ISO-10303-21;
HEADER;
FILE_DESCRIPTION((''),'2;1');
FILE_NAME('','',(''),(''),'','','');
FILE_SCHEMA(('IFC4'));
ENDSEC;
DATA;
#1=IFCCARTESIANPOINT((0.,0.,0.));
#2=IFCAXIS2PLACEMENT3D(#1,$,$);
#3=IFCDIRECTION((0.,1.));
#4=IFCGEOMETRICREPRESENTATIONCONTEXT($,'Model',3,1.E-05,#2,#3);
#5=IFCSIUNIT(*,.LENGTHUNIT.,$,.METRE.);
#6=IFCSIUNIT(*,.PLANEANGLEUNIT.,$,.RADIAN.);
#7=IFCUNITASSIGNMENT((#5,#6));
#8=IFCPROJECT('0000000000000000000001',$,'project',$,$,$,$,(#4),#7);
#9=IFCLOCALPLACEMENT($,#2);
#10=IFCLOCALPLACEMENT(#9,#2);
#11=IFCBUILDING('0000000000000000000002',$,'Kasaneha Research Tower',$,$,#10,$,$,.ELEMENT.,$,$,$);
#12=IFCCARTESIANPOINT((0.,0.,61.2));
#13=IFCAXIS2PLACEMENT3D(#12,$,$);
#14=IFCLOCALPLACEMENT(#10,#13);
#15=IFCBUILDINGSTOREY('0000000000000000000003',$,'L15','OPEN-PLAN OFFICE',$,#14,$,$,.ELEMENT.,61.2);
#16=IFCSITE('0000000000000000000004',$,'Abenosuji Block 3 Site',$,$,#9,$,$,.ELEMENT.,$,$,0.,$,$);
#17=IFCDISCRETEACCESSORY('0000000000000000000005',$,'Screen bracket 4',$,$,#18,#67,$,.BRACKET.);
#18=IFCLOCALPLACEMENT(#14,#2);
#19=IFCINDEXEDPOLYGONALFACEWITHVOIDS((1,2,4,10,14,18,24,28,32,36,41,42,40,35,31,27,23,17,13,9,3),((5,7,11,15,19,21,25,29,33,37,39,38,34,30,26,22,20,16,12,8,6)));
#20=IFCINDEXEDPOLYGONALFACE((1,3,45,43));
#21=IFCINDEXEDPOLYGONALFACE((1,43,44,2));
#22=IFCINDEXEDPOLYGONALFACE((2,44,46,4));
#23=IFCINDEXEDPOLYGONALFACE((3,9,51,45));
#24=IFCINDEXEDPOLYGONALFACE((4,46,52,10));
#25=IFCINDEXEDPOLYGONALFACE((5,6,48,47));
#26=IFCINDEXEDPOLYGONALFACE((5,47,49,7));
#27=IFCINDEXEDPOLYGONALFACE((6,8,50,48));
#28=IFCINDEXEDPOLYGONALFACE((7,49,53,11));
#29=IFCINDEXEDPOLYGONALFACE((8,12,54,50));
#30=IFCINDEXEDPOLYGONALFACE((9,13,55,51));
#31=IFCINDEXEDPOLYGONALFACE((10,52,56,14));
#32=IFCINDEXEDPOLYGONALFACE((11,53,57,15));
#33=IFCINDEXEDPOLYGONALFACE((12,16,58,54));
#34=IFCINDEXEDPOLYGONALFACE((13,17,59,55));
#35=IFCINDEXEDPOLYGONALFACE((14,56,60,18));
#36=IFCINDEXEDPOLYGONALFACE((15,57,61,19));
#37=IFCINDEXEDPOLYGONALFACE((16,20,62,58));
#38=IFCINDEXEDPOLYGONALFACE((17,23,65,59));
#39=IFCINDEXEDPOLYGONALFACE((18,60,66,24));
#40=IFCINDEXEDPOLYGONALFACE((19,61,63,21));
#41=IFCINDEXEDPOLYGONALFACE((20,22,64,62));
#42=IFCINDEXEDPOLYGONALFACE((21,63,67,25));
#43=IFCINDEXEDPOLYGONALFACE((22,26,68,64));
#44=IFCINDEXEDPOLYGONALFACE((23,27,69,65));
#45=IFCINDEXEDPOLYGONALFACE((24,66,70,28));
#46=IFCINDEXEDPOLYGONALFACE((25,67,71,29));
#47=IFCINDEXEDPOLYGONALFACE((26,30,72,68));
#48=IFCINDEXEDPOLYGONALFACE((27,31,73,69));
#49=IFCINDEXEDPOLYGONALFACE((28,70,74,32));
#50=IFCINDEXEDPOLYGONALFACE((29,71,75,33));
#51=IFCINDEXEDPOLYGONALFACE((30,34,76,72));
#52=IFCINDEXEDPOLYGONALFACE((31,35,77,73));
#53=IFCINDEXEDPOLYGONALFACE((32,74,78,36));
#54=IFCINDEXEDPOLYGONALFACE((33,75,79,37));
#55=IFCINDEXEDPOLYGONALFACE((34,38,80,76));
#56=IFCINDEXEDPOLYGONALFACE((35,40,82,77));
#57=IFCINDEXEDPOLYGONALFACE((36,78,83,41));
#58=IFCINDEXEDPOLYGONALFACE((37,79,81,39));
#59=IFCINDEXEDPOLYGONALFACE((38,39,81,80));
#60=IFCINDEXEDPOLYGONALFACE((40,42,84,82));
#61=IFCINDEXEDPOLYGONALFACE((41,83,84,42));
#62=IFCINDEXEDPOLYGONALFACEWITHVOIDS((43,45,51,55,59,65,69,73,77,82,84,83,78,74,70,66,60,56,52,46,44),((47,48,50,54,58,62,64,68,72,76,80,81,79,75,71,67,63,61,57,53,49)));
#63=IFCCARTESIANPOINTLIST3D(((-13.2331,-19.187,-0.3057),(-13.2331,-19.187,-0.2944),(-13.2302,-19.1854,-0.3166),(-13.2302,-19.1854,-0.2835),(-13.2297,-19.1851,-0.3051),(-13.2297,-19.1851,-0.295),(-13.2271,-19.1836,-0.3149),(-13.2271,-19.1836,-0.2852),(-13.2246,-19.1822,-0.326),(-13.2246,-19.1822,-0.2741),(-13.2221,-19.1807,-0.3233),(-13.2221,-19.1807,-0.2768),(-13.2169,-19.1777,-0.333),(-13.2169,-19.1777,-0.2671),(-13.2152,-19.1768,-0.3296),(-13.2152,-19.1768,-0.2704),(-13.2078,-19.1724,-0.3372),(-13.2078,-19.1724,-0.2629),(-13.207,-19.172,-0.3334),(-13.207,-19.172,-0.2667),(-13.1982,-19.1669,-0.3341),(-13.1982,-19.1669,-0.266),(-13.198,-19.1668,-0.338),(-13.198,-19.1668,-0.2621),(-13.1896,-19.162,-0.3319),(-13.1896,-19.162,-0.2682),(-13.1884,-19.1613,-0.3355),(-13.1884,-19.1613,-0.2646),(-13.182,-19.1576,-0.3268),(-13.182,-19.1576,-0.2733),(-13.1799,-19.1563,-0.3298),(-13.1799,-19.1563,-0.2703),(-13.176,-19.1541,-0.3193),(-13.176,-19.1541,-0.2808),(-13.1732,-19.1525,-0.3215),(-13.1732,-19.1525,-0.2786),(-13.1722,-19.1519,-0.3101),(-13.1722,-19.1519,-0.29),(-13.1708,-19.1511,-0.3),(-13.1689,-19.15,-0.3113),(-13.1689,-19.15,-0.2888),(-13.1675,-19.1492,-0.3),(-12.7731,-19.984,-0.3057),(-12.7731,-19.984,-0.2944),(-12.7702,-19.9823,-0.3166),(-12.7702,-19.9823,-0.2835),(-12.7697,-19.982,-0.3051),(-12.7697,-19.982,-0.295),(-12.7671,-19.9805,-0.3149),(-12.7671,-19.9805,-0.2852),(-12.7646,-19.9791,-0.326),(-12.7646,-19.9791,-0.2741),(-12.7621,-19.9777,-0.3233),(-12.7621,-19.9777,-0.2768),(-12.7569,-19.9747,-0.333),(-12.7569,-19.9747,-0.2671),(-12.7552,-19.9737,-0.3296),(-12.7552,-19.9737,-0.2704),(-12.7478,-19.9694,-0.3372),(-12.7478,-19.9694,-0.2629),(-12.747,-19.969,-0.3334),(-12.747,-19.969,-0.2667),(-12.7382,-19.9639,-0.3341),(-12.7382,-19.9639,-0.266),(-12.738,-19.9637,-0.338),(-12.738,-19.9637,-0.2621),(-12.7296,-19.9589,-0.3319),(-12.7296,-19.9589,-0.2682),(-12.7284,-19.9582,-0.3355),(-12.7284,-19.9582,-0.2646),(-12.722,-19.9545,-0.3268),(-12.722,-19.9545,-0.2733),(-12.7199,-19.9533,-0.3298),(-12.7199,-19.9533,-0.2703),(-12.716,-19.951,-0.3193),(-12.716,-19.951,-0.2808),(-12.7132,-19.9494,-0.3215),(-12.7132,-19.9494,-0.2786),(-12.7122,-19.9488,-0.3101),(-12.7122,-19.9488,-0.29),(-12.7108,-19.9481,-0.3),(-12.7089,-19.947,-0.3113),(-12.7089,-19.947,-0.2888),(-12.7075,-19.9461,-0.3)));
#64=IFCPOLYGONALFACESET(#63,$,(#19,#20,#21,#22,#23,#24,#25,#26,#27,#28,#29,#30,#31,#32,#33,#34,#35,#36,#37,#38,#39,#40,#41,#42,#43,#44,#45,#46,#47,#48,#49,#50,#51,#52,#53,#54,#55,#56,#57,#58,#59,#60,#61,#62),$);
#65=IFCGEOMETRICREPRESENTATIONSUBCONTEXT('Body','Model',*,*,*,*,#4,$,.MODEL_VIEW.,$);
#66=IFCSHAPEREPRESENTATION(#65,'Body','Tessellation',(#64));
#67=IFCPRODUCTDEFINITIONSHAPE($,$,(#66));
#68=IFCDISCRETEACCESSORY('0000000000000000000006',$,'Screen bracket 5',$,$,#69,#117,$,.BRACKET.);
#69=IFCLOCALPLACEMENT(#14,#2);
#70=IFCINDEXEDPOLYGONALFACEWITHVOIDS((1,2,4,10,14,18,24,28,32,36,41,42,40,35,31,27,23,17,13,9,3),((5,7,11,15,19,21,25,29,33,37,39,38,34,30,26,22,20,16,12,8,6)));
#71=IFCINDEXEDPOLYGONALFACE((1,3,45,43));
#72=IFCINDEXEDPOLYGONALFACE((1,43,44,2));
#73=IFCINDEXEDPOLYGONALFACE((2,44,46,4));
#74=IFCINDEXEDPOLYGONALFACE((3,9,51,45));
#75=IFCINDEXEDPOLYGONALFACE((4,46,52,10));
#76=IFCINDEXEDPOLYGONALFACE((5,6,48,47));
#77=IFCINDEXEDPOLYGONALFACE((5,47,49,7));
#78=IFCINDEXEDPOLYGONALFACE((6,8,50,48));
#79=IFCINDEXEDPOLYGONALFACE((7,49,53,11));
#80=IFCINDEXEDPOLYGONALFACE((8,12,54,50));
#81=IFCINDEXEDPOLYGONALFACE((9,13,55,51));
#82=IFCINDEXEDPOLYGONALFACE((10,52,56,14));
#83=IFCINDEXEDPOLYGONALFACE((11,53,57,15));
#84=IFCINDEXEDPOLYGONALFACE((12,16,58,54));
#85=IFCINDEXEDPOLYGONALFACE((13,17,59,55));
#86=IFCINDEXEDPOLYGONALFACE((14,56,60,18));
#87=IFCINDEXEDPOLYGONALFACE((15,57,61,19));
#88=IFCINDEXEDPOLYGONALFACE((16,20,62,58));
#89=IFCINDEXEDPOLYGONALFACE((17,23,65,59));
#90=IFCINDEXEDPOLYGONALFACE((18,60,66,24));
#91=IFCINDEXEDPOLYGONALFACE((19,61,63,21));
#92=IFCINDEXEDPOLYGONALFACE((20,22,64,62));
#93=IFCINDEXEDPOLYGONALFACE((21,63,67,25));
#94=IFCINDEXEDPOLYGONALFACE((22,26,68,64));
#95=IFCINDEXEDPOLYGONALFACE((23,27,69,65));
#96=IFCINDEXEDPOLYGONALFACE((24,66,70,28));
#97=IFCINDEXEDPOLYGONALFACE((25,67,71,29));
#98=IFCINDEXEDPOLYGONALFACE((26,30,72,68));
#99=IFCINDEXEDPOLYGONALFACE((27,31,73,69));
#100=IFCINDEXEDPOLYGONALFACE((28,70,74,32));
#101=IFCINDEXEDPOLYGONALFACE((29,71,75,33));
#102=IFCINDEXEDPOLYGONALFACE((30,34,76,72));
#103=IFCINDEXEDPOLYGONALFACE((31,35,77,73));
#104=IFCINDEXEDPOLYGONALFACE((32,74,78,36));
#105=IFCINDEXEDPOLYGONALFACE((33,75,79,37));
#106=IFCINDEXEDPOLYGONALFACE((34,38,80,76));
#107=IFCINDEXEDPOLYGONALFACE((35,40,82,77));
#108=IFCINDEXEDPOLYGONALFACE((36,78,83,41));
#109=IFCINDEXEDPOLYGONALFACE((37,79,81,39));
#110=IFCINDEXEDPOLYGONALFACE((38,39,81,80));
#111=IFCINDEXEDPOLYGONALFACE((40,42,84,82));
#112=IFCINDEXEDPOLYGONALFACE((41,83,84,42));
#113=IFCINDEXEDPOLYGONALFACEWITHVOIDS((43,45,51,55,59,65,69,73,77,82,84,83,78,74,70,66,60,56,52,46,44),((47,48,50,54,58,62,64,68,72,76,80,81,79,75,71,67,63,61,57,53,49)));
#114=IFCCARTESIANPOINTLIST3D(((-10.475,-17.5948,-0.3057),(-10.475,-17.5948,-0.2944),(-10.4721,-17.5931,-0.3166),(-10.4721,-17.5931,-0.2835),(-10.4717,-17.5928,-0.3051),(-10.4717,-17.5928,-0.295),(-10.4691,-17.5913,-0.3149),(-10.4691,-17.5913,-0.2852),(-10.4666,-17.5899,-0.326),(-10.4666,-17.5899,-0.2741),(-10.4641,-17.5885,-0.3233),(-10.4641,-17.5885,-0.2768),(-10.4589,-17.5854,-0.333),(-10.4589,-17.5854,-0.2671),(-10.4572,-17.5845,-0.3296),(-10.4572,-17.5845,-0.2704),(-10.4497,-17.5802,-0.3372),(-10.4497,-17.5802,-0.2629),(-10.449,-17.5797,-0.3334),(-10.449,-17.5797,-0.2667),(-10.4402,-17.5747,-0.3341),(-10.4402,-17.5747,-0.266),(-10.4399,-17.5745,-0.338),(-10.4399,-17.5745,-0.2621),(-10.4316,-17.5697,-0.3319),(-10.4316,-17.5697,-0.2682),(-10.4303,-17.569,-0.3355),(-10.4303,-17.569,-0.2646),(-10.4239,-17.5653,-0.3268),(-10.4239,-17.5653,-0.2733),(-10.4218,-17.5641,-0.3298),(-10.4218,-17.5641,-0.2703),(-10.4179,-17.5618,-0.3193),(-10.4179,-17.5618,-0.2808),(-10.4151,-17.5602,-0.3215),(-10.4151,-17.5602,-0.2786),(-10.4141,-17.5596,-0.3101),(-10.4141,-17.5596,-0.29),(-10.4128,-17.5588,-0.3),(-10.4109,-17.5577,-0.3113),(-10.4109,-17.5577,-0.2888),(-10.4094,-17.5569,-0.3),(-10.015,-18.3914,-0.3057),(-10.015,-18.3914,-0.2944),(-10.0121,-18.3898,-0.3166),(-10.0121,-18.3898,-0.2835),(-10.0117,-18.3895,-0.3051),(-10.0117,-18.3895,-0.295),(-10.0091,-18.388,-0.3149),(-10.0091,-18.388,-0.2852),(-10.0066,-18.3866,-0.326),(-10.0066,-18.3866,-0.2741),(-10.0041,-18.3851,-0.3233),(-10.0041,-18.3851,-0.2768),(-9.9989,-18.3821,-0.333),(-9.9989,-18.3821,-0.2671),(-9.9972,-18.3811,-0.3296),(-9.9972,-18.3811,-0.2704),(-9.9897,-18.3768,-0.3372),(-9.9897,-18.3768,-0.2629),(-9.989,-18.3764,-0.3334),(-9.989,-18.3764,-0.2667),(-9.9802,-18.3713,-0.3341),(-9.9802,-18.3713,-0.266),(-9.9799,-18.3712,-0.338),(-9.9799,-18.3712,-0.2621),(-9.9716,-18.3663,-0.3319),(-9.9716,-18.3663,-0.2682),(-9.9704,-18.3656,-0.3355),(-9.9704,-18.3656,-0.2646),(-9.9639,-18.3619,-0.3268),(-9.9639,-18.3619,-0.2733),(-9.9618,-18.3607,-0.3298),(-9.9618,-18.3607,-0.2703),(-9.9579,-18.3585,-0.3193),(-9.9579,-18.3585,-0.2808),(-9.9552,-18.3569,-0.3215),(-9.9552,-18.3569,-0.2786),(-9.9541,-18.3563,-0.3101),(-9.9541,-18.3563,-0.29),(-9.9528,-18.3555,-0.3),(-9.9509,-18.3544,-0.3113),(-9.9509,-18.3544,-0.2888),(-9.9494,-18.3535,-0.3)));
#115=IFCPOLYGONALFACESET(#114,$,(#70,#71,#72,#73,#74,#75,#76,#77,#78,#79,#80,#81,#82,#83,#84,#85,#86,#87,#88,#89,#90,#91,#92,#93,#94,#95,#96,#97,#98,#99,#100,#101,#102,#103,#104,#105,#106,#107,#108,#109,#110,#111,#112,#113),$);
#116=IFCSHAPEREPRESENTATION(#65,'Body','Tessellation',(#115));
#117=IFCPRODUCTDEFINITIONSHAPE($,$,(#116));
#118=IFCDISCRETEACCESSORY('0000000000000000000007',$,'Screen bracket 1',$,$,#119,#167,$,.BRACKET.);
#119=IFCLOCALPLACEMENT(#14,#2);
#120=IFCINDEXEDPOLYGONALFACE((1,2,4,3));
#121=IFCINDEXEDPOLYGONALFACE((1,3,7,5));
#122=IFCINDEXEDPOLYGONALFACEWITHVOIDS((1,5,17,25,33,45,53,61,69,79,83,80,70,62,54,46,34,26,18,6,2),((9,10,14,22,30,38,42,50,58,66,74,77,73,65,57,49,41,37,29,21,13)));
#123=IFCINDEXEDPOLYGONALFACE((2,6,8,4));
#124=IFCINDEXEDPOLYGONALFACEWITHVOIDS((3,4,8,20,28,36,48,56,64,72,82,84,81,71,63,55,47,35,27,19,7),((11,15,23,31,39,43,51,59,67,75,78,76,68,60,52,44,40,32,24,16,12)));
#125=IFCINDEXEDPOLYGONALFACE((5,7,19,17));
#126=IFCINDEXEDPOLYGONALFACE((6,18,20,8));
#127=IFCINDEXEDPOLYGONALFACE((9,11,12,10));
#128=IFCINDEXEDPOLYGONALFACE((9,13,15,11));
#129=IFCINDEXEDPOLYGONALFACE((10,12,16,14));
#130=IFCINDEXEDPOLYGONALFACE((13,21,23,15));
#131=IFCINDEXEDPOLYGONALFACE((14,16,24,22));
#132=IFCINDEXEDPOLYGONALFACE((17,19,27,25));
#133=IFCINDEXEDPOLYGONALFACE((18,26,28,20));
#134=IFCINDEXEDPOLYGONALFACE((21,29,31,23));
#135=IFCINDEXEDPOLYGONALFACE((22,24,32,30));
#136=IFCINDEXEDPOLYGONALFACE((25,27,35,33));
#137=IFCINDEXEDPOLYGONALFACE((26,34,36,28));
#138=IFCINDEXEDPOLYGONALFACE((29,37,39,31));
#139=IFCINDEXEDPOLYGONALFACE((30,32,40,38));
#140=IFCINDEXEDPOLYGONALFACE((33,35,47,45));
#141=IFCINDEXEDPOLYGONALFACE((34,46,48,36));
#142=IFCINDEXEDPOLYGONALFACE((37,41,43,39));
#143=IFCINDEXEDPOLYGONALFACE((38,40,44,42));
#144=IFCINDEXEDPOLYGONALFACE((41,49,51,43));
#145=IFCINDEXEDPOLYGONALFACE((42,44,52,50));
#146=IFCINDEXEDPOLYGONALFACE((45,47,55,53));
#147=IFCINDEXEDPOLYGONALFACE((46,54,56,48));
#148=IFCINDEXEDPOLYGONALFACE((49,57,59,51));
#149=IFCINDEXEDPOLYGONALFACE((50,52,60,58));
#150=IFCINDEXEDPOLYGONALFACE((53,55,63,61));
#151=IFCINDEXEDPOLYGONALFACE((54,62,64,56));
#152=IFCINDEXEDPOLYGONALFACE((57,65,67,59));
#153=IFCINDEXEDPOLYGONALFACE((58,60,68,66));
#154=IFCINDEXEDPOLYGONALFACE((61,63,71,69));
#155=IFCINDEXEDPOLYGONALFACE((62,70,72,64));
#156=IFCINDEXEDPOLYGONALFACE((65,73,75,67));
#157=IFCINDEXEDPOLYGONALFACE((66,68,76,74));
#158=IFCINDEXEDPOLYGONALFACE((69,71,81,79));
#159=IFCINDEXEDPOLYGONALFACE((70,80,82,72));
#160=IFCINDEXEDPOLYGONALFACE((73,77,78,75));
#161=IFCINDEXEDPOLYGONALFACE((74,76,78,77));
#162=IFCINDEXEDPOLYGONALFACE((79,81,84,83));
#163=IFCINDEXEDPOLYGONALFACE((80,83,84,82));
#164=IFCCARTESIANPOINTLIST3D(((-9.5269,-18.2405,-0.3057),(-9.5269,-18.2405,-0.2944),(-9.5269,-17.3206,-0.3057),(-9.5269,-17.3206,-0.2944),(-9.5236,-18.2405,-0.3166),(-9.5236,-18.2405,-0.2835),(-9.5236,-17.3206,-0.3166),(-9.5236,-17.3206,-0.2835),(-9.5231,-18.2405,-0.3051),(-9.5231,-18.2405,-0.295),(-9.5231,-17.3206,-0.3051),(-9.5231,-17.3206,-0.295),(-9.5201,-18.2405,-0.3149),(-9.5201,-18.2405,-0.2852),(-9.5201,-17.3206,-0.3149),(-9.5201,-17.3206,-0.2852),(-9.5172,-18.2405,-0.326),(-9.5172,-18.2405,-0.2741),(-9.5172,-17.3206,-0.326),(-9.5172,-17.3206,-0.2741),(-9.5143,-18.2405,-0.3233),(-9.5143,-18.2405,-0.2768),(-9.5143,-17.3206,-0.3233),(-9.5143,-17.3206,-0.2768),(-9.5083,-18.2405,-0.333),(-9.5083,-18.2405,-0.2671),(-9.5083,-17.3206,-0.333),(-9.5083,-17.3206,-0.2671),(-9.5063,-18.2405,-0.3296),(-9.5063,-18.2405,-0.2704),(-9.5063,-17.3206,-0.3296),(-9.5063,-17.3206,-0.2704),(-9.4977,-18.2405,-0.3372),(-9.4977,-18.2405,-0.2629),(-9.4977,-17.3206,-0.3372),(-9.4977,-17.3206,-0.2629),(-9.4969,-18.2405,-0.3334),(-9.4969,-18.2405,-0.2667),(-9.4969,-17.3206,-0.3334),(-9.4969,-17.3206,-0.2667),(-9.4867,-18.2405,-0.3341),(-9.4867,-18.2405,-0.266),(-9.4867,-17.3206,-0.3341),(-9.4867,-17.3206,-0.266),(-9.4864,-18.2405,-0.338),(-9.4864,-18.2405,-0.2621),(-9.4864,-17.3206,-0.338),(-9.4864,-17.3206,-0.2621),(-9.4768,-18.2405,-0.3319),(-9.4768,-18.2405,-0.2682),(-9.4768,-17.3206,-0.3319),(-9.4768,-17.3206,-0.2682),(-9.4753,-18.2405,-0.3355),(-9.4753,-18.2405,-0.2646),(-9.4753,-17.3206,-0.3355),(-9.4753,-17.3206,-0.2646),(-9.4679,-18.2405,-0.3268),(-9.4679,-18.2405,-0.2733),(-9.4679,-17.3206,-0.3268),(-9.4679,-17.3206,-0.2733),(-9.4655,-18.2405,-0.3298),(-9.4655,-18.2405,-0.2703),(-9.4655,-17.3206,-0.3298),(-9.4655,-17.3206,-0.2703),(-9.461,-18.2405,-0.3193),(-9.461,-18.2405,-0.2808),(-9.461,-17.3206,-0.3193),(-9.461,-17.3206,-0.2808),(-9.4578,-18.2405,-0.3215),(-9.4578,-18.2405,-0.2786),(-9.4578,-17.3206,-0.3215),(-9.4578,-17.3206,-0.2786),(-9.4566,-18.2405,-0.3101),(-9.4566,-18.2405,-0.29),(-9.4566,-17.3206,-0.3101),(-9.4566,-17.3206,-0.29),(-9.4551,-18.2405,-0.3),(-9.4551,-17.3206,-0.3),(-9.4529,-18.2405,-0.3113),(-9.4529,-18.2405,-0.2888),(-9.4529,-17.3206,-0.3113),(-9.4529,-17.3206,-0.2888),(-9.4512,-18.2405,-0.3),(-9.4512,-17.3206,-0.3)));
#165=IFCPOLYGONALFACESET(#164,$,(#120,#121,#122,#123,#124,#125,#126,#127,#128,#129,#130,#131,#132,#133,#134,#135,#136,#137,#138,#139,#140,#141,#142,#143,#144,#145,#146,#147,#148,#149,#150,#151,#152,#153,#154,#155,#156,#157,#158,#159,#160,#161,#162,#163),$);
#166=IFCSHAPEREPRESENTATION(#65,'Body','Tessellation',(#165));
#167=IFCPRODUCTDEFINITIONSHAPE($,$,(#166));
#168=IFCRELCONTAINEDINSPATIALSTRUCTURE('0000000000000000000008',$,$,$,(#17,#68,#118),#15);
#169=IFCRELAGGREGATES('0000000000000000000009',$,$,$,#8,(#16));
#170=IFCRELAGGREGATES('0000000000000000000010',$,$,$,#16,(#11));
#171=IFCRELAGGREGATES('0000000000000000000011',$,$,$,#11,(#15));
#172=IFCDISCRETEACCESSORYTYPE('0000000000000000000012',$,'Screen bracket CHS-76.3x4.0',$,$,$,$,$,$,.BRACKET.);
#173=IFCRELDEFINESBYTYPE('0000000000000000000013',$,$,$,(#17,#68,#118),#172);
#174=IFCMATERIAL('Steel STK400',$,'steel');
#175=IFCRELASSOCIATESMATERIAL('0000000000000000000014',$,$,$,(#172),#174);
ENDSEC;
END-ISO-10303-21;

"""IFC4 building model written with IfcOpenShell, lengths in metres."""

from ifc_helpers import new_model, si_unit, direction, frame, origin, origin_2d, place, context, subcontext, project, spatial, hollow_circle, extrude, material, material_profile, profile_set, type_object, element, save


model = new_model("IFC4")

# Units and contexts
model_context = context("Model", 3, precision=1e-05, world=origin(), true_north=direction((0.0, 1.0)))
body_context = subcontext(model_context, "Body", "Model", "MODEL_VIEW")
ifc_project = project(units=[si_unit("LENGTHUNIT", "METRE"), si_unit("PLANEANGLEUNIT", "RADIAN")], contexts=[model_context])

# Site, building, storey
site_placement = place(None, origin())
site = spatial("IfcSite", under=ifc_project, at=site_placement, Name="Abenosuji Block 3 Site", CompositionType="ELEMENT", RefElevation=0.0)
building_placement = place(site_placement, origin())
building = spatial("IfcBuilding", under=site, at=building_placement, Name="Kasaneha Research Tower", CompositionType="ELEMENT")
storey_placement = place(building_placement, frame((0.0, 0.0, 61.2)))
storey = spatial("IfcBuildingStorey", under=building, at=storey_placement, Name="L15", Description="OPEN-PLAN OFFICE", CompositionType="ELEMENT", Elevation=61.2)

# Discrete accessories
ifc_material_1 = material(Name="Steel STK400", Category="steel")
ifc_material_profile_1 = material_profile(ifc_material_1, hollow_circle(Radius=0.0381, WallThickness=0.0039, at=origin_2d()), Name="CHS-76.3x4.0")
ifc_profile_set_1 = profile_set([ifc_material_profile_1], Name="Steel STK400")
discrete_accessory_type = type_object("IfcDiscreteAccessoryType", Name="Screen bracket CHS-76.3x4.0", PredefinedType="BRACKET", material=ifc_profile_set_1)
discrete_accessory_1_placement = place(storey_placement, frame((-13.2004, -19.1682, -0.3), z_axis=(0.499906, -0.86608, 0.0), x_axis=(0.86608, 0.499906, 0.0)))
element("IfcDiscreteAccessory", 1, at=discrete_accessory_1_placement, inside=storey, type_object=discrete_accessory_type, Name="Screen bracket 4", PredefinedType="BRACKET", context=body_context, shape_type="SweptSolid", body=[
    extrude(hollow_circle(Radius=0.0381, WallThickness=0.0039, at=origin_2d()), origin(), (0.0, 0.0, 1.0), 0.9202),
])
for number, where, z_axis, x_axis, name in (
    (2, (-10.4424, -17.5759, -0.3), (0.500021, -0.866013, 0.0), (0.866013, 0.500021, 0.0), "Screen bracket 5"),
    (3, (-9.4893, -17.3206, -0.3), (0.0, -1.0, 0.0), (1.0, 0.0, 0.0), "Screen bracket 1"),
):
    element("IfcDiscreteAccessory", number, at=place(storey_placement, frame(where, z_axis=z_axis, x_axis=x_axis)), inside=storey, type_object=discrete_accessory_type, Name=name, PredefinedType="BRACKET", context=body_context, shape_type="SweptSolid", body=[
        extrude(hollow_circle(Radius=0.0381, WallThickness=0.0039, at=origin_2d()), origin(), (0.0, 0.0, 1.0), 0.9199),
    ])

save(model, "model.ifc")
